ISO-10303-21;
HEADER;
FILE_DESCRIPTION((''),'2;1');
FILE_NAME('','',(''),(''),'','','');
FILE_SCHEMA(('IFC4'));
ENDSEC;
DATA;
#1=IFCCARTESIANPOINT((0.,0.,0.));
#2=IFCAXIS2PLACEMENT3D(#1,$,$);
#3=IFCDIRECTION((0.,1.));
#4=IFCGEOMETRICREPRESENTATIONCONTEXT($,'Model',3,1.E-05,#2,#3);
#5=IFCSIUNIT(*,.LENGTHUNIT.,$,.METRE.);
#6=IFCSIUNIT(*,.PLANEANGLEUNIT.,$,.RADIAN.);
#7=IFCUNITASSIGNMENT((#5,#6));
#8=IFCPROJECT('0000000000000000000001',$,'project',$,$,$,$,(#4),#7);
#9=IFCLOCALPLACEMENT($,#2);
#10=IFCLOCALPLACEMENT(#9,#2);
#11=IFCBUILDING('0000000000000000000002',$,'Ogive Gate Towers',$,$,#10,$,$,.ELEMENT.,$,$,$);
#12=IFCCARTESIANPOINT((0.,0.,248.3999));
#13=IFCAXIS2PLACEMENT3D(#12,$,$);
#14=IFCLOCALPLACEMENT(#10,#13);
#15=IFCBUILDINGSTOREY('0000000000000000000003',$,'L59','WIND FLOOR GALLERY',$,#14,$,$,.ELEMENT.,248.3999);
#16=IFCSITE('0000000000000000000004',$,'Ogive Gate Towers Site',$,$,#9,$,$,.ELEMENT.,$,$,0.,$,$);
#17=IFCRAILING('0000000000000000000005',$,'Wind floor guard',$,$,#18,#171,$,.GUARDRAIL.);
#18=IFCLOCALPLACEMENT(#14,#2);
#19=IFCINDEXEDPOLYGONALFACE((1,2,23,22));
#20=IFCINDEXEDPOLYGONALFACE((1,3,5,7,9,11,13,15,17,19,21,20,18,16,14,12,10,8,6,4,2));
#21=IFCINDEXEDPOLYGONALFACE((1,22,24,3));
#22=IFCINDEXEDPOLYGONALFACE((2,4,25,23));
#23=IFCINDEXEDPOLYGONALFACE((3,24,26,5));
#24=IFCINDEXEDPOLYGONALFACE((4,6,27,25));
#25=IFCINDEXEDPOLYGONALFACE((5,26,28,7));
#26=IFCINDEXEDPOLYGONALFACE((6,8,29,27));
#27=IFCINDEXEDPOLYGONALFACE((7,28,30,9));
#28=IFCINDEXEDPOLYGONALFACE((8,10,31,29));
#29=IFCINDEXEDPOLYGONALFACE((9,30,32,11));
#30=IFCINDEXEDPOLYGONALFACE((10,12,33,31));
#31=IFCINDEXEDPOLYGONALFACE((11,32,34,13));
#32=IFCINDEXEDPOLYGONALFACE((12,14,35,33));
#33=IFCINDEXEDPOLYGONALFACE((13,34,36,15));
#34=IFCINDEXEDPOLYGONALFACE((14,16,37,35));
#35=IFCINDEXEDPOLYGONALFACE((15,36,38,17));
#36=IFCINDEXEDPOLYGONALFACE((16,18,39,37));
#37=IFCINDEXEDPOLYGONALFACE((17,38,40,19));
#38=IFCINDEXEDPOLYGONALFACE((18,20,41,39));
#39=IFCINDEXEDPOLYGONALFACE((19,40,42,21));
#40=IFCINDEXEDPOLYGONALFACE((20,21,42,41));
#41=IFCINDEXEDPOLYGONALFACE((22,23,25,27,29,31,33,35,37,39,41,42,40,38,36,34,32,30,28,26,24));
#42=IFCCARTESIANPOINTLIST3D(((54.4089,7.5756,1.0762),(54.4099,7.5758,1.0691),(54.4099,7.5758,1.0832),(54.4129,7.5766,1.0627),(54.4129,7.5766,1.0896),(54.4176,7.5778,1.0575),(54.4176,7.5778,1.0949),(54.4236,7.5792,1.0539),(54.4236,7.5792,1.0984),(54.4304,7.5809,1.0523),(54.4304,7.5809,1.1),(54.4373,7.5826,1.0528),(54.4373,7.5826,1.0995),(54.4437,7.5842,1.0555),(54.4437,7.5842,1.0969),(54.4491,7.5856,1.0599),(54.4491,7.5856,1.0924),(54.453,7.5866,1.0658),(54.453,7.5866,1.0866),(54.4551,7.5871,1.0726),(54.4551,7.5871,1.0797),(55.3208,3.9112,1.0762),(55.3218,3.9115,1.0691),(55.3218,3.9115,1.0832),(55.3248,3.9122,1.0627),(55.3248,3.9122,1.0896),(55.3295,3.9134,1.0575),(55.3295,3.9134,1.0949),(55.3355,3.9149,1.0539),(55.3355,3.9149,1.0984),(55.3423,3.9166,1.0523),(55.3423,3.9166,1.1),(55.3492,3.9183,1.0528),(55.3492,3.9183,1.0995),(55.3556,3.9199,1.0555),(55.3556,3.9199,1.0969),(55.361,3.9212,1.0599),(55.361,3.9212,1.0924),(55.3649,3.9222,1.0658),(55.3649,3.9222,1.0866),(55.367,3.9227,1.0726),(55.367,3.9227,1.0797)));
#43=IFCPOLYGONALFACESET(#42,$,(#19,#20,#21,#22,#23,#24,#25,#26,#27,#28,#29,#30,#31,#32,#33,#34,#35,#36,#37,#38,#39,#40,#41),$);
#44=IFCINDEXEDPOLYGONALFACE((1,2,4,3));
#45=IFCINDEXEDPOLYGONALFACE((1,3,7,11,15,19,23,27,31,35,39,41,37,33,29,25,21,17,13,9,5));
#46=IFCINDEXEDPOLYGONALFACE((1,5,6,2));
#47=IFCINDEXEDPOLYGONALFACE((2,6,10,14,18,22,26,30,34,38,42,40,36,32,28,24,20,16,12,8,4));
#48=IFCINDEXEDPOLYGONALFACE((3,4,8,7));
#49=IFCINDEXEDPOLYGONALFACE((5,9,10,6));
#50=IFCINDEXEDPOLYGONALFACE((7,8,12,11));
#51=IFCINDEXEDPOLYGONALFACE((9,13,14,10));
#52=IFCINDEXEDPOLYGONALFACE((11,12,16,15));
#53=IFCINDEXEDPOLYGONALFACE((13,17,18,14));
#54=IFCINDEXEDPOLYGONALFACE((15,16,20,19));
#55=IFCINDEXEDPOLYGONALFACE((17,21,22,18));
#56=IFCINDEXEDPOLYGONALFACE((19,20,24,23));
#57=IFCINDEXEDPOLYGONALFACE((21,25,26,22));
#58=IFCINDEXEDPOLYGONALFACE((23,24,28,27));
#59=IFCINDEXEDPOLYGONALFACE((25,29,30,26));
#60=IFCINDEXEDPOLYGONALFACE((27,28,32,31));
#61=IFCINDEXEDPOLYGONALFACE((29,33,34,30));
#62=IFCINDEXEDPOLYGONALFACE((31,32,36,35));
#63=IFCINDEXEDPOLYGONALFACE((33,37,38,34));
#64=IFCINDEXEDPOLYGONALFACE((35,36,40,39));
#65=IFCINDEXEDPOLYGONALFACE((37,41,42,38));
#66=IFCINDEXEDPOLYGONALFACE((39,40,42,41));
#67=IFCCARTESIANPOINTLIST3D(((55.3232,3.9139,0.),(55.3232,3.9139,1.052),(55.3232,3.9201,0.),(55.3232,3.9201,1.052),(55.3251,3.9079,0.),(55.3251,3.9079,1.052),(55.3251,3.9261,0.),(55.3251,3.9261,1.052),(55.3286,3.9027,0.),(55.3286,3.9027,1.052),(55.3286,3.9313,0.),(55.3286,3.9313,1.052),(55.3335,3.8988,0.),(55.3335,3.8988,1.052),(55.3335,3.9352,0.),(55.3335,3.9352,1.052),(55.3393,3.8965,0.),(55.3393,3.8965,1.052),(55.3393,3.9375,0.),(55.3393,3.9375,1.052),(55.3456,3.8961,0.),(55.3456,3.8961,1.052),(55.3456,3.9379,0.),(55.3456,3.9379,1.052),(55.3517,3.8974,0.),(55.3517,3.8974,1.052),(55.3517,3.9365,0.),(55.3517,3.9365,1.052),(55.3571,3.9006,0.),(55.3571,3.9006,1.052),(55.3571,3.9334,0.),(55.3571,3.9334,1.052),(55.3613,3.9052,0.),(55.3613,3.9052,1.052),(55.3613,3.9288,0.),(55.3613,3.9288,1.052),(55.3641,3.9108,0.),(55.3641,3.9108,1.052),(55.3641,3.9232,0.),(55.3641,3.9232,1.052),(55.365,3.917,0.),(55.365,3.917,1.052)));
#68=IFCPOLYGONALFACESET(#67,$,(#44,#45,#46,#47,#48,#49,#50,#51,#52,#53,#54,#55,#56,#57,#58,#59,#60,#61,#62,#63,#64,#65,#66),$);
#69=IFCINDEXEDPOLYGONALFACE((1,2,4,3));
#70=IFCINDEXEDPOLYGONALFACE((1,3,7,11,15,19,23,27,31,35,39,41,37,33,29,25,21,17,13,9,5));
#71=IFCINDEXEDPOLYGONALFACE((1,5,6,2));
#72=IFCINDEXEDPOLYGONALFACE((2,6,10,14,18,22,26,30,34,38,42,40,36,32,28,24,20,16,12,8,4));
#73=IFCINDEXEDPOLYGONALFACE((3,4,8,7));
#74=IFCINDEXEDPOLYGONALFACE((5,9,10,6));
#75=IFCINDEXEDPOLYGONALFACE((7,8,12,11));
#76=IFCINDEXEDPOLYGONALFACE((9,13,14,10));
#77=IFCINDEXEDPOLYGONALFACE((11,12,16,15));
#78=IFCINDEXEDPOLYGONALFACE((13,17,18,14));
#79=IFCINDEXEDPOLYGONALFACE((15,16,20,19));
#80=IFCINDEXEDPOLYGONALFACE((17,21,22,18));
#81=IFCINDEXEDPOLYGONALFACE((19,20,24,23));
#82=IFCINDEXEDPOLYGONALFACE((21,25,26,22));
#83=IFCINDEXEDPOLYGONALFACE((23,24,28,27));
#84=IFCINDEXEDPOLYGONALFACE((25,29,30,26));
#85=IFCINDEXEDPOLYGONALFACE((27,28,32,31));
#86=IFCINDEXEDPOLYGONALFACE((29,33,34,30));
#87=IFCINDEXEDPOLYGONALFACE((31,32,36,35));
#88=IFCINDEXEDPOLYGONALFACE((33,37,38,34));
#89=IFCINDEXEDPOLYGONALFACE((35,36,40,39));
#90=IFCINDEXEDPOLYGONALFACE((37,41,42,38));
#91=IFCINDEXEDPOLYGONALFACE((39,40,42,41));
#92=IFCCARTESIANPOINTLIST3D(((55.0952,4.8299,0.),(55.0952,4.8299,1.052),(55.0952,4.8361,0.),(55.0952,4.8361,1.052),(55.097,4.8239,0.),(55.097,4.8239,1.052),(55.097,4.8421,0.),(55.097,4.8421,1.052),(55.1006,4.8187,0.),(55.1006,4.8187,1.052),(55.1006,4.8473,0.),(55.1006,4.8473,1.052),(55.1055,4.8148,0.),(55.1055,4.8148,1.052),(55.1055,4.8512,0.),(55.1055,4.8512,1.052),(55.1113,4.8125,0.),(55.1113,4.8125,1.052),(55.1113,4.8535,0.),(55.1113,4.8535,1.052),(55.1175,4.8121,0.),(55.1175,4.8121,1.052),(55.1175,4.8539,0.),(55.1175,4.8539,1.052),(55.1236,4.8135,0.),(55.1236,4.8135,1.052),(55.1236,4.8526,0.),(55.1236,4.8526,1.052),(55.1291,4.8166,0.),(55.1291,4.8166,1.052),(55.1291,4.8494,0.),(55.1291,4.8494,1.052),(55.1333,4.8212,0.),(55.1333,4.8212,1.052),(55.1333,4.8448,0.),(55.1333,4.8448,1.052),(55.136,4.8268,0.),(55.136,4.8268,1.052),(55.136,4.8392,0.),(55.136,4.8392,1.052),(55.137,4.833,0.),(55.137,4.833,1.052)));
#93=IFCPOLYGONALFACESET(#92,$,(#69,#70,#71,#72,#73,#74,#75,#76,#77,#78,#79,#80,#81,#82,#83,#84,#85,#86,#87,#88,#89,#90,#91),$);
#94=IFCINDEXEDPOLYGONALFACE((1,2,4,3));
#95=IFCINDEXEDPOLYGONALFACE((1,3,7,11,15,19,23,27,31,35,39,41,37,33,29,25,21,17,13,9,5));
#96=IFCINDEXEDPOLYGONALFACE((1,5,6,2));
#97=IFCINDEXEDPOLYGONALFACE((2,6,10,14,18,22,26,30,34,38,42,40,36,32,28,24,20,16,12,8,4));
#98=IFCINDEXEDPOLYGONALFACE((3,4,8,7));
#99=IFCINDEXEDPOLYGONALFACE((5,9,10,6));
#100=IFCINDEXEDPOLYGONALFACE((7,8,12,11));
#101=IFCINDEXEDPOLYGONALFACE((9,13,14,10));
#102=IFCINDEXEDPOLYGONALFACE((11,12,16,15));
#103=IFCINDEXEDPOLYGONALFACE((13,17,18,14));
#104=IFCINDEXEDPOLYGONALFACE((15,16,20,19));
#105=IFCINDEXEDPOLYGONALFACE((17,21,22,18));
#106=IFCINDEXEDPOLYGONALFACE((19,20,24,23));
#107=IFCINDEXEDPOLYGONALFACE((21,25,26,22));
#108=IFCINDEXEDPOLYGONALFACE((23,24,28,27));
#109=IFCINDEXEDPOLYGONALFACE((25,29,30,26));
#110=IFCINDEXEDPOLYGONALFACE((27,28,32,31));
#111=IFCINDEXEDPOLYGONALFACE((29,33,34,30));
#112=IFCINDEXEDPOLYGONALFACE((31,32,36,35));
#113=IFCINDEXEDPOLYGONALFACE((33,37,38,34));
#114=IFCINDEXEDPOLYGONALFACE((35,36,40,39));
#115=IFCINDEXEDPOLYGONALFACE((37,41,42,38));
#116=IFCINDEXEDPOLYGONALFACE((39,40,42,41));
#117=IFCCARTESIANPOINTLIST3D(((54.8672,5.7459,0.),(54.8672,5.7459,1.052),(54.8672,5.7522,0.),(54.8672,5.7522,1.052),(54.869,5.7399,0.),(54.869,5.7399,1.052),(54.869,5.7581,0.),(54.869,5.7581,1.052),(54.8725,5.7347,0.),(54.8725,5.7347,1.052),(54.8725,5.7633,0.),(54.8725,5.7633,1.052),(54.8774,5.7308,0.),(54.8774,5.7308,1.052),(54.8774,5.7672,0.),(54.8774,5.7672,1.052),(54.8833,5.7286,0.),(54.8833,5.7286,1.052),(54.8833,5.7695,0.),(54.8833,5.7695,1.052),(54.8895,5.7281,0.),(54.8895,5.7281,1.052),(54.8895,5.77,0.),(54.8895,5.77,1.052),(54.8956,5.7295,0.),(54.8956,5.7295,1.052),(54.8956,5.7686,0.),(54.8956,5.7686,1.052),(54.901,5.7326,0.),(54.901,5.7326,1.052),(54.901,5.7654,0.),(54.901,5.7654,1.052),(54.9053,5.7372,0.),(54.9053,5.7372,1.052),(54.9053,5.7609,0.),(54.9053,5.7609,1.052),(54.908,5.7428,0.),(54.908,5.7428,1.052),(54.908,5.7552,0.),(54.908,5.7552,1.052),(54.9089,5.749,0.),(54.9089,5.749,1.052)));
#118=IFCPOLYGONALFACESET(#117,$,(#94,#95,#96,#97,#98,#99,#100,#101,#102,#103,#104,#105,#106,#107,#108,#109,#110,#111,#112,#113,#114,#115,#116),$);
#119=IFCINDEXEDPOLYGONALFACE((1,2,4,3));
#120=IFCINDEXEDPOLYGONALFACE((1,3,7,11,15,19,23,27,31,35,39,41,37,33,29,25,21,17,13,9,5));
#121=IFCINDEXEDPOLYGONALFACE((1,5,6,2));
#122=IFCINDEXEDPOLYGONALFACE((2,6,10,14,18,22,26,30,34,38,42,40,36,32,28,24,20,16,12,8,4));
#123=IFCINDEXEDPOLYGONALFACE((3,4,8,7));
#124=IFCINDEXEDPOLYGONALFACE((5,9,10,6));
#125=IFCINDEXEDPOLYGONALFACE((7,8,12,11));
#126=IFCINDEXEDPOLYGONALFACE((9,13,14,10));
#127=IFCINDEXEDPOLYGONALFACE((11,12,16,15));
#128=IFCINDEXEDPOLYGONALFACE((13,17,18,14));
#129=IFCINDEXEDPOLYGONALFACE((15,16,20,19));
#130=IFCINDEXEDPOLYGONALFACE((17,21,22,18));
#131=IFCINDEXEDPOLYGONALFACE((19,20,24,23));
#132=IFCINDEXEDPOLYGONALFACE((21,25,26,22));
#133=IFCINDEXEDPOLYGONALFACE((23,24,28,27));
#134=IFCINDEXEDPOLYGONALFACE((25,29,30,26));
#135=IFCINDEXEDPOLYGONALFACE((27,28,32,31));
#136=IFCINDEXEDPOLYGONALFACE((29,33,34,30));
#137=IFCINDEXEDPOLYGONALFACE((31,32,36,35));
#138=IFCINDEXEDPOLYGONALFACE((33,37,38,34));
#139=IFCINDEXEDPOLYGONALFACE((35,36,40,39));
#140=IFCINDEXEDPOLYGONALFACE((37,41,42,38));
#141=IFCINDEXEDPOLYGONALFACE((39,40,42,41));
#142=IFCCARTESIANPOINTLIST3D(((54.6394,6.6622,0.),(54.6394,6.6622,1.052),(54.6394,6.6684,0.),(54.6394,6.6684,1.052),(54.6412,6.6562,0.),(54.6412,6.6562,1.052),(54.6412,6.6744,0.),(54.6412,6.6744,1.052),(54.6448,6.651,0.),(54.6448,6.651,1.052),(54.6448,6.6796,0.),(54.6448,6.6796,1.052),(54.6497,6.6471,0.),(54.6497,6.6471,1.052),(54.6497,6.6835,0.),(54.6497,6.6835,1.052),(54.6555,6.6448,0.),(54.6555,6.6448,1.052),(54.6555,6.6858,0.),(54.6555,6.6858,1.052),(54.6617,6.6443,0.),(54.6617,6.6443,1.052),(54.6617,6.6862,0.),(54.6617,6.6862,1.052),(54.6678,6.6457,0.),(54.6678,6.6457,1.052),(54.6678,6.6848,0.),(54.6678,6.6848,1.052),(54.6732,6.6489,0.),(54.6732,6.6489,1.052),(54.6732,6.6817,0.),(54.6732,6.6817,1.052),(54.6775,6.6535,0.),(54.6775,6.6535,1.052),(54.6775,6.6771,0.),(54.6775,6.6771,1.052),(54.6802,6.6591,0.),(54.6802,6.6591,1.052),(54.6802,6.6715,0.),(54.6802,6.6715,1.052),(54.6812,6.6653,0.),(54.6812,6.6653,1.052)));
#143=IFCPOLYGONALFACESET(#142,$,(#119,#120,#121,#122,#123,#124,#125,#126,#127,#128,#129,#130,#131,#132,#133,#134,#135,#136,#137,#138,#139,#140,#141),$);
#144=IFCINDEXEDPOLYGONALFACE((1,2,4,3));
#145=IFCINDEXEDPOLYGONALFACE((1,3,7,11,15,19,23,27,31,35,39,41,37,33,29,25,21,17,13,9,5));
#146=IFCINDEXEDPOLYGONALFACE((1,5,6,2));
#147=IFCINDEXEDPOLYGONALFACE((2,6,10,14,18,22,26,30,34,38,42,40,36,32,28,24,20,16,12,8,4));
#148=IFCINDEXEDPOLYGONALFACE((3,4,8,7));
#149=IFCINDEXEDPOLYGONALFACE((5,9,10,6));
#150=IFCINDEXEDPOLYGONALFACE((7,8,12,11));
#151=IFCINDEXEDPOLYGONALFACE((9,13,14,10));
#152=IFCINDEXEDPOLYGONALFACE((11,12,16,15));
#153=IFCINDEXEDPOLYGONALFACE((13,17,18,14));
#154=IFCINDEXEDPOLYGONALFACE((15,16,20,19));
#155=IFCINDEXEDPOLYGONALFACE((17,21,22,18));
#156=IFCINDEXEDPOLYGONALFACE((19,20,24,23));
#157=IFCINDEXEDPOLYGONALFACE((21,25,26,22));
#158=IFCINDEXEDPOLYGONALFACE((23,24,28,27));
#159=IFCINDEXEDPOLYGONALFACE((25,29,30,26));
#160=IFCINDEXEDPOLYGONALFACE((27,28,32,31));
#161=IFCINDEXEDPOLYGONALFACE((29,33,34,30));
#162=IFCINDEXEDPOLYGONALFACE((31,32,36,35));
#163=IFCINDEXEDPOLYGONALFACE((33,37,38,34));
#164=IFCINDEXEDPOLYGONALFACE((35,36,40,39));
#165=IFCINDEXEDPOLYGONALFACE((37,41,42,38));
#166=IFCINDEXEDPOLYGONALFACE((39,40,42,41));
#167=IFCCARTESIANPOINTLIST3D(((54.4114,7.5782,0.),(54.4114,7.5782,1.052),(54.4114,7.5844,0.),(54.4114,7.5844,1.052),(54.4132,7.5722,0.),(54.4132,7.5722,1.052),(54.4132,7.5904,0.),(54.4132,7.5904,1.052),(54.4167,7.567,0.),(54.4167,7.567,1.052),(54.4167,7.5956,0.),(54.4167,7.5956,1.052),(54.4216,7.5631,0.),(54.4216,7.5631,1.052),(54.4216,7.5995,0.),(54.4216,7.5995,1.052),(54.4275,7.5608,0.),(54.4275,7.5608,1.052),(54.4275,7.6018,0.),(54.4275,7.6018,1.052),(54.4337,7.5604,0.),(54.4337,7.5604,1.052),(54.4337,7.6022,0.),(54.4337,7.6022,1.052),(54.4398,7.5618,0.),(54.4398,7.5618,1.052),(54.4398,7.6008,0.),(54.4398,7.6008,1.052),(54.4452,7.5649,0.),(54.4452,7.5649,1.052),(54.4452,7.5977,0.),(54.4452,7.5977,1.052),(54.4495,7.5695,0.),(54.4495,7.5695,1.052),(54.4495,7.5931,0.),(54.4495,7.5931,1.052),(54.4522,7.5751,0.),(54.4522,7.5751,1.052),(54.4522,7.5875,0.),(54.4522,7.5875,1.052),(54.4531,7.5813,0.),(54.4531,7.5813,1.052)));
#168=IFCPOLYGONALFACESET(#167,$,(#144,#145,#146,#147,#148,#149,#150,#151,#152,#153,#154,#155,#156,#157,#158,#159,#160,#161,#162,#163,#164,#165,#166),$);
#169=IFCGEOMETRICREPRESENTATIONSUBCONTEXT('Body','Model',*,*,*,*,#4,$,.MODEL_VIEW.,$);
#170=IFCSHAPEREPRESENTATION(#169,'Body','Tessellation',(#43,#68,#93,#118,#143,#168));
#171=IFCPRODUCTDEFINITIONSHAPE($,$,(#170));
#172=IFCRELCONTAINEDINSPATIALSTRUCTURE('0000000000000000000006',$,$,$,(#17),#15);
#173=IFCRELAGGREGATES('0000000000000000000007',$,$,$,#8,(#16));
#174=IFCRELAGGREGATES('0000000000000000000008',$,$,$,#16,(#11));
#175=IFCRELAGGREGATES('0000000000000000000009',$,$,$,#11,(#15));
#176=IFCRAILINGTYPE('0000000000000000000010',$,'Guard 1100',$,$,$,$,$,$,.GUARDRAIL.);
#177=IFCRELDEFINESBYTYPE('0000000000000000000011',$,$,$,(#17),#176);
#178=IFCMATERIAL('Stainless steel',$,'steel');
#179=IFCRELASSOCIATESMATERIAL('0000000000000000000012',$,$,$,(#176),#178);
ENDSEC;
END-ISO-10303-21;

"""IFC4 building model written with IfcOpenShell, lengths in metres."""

from ifc_helpers import new_model, si_unit, direction, frame, origin, origin_2d, place, context, subcontext, project, spatial, circle, extrude, material, type_object, element, save


model = new_model("IFC4")

# Units and contexts
model_context = context("Model", 3, precision=1e-05, world=origin(), true_north=direction((0.0, 1.0)))
body_context = subcontext(model_context, "Body", "Model", "MODEL_VIEW")
ifc_project = project(units=[si_unit("LENGTHUNIT", "METRE"), si_unit("PLANEANGLEUNIT", "RADIAN")], contexts=[model_context])

# Site, building, storey
site_placement = place(None, origin())
site = spatial("IfcSite", under=ifc_project, at=site_placement, Name="Ogive Gate Towers Site", CompositionType="ELEMENT", RefElevation=0.0)
building_placement = place(site_placement, origin())
building = spatial("IfcBuilding", under=site, at=building_placement, Name="Ogive Gate Towers", CompositionType="ELEMENT")
storey_placement = place(building_placement, frame((0.0, 0.0, 248.3999)))
storey = spatial("IfcBuildingStorey", under=building, at=storey_placement, Name="L59", Description="WIND FLOOR GALLERY", CompositionType="ELEMENT", Elevation=248.3999)

# Railing
ifc_material_1 = material(Name="Stainless steel", Category="steel")
railing_type_1 = type_object("IfcRailingType", Name="Guard 1100", PredefinedType="GUARDRAIL", material=ifc_material_1)
railing_1_placement = place(storey_placement, frame((55.344, 3.917, 0.0)))
element("IfcRailing", 1, at=railing_1_placement, inside=storey, type_object=railing_type_1, Name="Wind floor guard", PredefinedType="GUARDRAIL", context=body_context, shape_type="SweptSolid", body=[
    extrude(circle(Radius=0.0239, at=origin_2d()), frame((0.0, 0.0, 1.0762), z_axis=(-0.241486, 0.970404, 0.0), x_axis=(-0.970404, -0.241486, 0.0)), (0.0, 0.0, 1.0), 3.7761),
    extrude(circle(Radius=0.021, at=origin_2d()), origin(), (0.0, 0.0, 1.0), 1.052),
    extrude(circle(Radius=0.021, at=origin_2d()), frame((-0.228, 0.916, 0.0)), (0.0, 0.0, 1.0), 1.052),
    extrude(circle(Radius=0.021, at=origin_2d()), frame((-0.4561, 1.832, 0.0)), (0.0, 0.0, 1.0), 1.052),
    extrude(circle(Radius=0.021, at=origin_2d()), frame((-0.6838, 2.7483, 0.0)), (0.0, 0.0, 1.0), 1.052),
    extrude(circle(Radius=0.021, at=origin_2d()), frame((-0.9119, 3.6643, 0.0)), (0.0, 0.0, 1.0), 1.052),
])

save(model, "model.ifc")
